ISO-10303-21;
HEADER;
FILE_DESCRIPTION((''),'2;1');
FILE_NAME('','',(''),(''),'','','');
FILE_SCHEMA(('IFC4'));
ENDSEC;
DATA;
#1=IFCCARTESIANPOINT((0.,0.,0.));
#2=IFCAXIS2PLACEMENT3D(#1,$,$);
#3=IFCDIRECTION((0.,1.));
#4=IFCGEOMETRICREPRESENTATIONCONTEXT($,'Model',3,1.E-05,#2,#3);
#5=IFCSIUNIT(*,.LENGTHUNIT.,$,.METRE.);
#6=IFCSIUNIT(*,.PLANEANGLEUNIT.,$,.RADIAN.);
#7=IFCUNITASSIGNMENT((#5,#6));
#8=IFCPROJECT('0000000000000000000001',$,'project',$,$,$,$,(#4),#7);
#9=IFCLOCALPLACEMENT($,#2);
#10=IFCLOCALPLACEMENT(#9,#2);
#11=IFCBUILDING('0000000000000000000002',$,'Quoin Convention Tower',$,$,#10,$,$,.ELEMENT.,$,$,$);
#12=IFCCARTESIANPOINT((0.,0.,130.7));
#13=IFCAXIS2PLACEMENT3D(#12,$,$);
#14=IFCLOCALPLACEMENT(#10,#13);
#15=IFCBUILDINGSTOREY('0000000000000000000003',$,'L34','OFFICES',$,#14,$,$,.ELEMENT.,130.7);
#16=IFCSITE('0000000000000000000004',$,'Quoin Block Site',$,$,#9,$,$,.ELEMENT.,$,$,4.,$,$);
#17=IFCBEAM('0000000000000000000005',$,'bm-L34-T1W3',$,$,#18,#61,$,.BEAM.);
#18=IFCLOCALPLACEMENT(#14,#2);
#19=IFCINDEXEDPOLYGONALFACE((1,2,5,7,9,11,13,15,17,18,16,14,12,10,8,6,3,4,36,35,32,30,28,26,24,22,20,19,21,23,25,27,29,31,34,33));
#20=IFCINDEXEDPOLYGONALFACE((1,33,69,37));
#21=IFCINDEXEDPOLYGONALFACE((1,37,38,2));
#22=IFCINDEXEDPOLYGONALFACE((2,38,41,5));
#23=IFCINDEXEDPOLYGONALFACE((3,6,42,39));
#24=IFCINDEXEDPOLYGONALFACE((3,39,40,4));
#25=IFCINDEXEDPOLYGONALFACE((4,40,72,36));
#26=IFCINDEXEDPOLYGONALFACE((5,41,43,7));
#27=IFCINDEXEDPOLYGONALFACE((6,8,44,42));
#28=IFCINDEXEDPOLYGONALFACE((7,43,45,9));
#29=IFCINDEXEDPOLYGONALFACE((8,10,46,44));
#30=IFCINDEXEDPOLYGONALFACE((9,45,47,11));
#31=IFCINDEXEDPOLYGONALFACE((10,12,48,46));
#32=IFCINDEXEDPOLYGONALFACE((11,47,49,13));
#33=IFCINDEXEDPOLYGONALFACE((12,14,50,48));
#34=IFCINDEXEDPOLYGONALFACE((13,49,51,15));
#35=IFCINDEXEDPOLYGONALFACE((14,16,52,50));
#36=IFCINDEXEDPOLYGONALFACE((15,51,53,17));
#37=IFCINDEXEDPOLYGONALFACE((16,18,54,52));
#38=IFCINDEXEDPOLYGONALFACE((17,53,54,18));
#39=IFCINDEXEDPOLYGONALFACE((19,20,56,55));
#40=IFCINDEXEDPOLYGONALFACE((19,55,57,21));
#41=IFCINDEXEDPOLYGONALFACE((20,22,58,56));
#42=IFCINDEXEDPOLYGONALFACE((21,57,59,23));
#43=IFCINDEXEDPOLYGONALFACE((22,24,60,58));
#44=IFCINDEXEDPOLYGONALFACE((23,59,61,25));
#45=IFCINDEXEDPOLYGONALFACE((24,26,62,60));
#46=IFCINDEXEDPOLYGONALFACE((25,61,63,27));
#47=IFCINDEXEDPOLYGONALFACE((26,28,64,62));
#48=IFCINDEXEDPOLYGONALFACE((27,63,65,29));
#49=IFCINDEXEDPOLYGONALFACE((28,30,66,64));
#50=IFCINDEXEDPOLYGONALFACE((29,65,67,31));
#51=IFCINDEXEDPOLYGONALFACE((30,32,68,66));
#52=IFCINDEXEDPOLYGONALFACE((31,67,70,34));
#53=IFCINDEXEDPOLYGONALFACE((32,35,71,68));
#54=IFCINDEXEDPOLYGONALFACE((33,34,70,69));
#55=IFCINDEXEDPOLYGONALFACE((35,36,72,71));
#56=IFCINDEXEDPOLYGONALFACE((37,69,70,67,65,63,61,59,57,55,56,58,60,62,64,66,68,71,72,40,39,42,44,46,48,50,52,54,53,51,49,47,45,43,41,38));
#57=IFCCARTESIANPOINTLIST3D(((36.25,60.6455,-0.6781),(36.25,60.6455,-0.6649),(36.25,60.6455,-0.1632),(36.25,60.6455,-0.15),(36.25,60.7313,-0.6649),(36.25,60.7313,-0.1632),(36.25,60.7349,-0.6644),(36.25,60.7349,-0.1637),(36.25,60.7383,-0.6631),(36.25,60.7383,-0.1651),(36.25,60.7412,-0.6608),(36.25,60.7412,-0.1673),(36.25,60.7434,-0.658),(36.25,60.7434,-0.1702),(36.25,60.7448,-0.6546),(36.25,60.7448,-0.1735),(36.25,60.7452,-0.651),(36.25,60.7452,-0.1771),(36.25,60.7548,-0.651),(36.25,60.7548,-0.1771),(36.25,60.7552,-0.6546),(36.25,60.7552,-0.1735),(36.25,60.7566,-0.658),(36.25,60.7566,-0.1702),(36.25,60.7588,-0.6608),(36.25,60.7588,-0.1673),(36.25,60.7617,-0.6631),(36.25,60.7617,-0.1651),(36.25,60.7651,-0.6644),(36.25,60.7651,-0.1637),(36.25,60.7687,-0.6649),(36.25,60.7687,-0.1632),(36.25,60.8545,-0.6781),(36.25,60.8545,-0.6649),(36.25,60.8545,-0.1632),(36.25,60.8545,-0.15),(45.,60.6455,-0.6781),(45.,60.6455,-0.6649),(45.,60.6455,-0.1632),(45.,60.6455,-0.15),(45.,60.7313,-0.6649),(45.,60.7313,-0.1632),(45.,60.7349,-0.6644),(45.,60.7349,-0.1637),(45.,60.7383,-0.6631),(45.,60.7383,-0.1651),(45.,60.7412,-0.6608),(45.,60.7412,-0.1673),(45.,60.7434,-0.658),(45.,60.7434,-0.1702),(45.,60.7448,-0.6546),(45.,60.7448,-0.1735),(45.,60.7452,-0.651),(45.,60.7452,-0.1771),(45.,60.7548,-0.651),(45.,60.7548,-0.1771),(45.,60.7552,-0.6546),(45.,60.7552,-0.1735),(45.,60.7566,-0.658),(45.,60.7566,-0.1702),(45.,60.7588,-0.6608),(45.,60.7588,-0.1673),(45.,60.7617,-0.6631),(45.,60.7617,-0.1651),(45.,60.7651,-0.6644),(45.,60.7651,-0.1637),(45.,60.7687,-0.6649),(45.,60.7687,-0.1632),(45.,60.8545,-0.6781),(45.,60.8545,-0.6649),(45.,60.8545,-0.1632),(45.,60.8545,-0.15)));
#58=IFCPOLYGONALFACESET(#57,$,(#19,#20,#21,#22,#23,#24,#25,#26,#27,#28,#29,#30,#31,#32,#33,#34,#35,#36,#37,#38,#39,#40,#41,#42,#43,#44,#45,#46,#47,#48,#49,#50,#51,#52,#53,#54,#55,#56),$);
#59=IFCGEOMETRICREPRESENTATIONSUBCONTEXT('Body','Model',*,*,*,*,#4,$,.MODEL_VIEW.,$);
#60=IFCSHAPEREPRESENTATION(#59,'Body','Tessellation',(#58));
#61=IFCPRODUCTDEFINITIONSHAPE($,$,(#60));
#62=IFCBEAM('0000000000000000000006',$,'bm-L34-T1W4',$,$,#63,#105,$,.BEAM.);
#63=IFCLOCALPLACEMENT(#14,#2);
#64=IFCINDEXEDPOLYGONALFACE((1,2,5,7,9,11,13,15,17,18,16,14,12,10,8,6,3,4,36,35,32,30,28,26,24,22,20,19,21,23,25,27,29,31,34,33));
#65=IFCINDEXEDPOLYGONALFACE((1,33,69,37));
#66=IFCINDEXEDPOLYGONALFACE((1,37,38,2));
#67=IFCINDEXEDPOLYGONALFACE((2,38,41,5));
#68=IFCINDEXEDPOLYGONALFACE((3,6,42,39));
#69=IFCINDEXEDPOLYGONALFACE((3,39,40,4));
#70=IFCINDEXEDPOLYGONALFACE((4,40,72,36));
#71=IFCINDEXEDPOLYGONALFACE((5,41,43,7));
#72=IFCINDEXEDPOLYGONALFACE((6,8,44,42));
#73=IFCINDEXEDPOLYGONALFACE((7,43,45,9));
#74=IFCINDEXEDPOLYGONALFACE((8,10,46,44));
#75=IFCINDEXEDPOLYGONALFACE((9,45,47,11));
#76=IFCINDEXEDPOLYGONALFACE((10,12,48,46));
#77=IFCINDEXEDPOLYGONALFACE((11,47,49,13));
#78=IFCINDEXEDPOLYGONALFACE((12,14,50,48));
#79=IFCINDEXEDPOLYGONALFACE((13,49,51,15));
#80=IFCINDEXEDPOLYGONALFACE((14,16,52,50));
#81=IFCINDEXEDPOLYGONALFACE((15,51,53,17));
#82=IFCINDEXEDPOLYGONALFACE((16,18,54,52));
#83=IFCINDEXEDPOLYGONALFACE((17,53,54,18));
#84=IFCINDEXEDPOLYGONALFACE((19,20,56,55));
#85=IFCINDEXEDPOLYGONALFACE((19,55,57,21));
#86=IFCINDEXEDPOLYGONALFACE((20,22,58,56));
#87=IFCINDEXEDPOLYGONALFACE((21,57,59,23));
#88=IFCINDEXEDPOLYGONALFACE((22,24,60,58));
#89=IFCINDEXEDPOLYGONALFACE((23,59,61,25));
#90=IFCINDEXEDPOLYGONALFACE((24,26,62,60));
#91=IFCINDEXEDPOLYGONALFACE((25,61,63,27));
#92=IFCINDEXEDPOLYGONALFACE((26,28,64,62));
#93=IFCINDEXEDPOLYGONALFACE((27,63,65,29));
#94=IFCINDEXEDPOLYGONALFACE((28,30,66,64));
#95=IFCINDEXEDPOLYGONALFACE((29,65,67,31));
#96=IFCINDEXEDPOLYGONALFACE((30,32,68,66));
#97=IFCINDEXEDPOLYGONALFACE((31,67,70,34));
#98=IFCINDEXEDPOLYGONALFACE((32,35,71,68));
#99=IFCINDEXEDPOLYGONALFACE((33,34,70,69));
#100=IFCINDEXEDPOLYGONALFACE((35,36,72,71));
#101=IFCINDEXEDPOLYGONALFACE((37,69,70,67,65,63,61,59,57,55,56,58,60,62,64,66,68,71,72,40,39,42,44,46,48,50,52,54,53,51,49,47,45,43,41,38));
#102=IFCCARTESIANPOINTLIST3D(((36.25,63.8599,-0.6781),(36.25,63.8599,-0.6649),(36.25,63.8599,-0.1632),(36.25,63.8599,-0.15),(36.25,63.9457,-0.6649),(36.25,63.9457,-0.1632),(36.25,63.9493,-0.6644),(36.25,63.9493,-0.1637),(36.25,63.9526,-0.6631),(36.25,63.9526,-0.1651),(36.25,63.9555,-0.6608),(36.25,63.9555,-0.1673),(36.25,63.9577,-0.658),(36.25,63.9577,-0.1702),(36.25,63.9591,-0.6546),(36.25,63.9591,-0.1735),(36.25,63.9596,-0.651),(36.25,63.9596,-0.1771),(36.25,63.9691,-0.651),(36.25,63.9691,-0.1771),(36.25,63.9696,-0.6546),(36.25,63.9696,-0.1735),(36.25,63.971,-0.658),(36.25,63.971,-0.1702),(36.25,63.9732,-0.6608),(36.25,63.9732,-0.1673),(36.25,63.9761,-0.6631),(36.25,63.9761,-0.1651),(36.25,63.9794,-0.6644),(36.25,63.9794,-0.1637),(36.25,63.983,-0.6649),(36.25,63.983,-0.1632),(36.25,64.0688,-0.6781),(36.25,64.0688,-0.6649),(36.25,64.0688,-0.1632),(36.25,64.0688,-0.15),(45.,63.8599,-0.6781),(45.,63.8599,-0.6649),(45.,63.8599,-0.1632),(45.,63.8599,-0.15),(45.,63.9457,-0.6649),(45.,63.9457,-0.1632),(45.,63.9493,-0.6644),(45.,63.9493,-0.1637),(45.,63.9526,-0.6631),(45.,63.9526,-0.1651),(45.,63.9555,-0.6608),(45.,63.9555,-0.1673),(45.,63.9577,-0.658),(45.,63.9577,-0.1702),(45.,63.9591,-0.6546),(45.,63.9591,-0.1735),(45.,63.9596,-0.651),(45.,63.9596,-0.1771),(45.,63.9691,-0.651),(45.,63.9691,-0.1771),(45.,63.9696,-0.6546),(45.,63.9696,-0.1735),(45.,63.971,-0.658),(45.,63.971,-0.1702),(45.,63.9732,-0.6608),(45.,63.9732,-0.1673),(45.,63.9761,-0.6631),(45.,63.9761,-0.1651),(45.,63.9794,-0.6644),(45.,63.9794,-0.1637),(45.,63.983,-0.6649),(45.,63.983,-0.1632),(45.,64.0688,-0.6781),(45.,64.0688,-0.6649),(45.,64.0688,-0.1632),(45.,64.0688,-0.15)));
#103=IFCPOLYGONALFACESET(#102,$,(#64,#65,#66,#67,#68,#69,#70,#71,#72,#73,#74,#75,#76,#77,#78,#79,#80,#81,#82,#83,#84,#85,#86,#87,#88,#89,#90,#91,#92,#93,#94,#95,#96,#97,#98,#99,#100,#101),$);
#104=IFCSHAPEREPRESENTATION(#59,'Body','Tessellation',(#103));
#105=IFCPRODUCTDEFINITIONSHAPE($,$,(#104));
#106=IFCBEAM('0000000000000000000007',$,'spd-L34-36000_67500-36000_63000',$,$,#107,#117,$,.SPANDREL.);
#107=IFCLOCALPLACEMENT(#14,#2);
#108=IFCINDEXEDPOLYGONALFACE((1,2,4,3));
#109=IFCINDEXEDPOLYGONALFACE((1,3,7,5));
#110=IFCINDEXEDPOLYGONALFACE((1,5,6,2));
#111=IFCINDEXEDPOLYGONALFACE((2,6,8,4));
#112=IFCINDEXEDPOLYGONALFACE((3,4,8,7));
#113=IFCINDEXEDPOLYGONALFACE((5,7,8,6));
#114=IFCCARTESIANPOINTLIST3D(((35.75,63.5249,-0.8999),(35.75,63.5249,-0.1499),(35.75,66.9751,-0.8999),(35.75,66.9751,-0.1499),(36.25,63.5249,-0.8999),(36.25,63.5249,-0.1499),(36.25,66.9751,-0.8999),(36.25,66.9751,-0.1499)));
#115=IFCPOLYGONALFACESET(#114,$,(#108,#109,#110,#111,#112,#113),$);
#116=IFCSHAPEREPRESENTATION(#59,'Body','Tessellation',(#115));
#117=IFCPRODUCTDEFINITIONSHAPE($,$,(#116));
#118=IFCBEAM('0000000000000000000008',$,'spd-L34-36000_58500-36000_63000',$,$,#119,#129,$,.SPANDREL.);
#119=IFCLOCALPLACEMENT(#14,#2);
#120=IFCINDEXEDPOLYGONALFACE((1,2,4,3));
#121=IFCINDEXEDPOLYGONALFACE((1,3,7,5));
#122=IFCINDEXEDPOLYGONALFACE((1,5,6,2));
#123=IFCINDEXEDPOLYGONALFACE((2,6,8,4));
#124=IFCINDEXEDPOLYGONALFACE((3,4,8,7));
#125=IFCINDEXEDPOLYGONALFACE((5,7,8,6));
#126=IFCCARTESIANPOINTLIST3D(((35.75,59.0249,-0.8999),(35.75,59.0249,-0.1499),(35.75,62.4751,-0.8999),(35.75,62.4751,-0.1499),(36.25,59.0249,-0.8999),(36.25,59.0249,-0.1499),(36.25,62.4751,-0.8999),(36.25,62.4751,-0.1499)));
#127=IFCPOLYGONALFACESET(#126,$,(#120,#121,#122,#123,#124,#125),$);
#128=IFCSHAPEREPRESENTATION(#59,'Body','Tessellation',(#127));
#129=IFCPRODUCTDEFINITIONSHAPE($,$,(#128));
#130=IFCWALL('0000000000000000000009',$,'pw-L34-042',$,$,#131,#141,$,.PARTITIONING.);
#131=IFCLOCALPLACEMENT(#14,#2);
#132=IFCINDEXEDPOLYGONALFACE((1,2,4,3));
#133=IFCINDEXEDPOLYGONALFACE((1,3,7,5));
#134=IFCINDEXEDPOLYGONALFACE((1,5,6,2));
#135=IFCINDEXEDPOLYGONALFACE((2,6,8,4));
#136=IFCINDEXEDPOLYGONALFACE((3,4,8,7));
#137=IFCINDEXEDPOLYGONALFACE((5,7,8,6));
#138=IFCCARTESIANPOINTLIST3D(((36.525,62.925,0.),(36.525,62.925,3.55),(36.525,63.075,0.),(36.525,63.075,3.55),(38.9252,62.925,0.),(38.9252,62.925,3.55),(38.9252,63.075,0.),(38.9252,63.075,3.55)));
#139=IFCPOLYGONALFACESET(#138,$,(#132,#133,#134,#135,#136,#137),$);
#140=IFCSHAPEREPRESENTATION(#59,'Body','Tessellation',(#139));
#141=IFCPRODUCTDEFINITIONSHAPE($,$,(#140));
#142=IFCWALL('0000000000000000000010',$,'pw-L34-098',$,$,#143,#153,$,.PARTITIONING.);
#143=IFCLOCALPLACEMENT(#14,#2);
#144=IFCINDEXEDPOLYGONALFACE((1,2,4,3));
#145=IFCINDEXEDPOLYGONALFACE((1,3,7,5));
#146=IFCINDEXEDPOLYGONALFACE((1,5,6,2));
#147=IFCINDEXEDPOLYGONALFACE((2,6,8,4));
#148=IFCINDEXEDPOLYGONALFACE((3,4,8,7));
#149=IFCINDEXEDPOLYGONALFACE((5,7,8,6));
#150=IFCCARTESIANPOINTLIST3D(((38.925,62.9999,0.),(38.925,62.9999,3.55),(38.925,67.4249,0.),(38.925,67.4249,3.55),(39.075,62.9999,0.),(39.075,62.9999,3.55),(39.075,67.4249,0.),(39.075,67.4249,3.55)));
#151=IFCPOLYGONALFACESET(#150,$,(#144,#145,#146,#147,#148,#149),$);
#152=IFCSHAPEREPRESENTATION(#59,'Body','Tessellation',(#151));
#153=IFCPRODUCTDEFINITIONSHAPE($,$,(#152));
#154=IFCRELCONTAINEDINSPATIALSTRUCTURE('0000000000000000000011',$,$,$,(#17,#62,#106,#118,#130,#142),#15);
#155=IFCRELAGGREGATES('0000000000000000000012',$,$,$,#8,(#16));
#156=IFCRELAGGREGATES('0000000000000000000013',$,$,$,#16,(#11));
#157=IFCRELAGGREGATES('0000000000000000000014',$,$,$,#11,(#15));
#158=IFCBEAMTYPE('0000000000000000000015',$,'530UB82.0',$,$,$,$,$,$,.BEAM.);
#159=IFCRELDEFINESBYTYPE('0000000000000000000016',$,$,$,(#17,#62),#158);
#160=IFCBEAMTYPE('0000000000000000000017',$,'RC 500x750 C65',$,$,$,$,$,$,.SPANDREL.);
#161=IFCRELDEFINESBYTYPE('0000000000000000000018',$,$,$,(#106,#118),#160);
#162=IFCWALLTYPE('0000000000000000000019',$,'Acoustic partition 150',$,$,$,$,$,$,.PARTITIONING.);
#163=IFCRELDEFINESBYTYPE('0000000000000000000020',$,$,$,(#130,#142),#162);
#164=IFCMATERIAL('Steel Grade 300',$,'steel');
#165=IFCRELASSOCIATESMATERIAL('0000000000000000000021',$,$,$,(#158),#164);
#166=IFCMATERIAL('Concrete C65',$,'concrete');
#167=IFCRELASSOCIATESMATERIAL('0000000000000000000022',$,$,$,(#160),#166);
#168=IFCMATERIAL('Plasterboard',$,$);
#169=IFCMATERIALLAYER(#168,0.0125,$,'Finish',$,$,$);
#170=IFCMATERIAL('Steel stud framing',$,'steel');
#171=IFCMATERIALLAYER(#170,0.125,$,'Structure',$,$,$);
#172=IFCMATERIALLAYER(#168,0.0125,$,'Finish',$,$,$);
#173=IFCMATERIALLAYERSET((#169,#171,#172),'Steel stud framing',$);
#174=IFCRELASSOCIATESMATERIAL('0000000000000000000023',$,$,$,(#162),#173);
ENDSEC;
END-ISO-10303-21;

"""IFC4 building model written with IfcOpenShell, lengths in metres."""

from ifc_helpers import new_model, si_unit, direction, frame, frame_2d, origin, origin_2d, place, context, subcontext, project, spatial, rectangle, i_section, extrude, material, layer, layer_set, material_profile, profile_set, type_object, element, save


model = new_model("IFC4")

# Units and contexts
model_context = context("Model", 3, precision=1e-05, world=origin(), true_north=direction((0.0, 1.0)))
body_context = subcontext(model_context, "Body", "Model", "MODEL_VIEW")
ifc_project = project(units=[si_unit("LENGTHUNIT", "METRE"), si_unit("PLANEANGLEUNIT", "RADIAN")], contexts=[model_context])

# Site, building, storey
site_placement = place(None, origin())
site = spatial("IfcSite", under=ifc_project, at=site_placement, Name="Quoin Block Site", CompositionType="ELEMENT", RefElevation=4.0)
building_placement = place(site_placement, origin())
building = spatial("IfcBuilding", under=site, at=building_placement, Name="Quoin Convention Tower", CompositionType="ELEMENT")
storey_placement = place(building_placement, frame((0.0, 0.0, 130.7)))
storey = spatial("IfcBuildingStorey", under=building, at=storey_placement, Name="L34", Description="OFFICES", CompositionType="ELEMENT", Elevation=130.7)

# Shared definitions
ifc_material_1 = material(Name="Concrete C65", Category="concrete")

# Beams
ifc_material_2 = material(Name="Steel Grade 300", Category="steel")
ifc_material_profile_1 = material_profile(ifc_material_2, i_section(OverallWidth=0.209, OverallDepth=0.5281, WebThickness=0.0095, FlangeThickness=0.0132, FilletRadius=0.0139, at=origin_2d()), Name="530UB82.0")
ifc_profile_set_1 = profile_set([ifc_material_profile_1], Name="Steel Grade 300")
beam_type_1 = type_object("IfcBeamType", Name="530UB82.0", PredefinedType="BEAM", material=ifc_profile_set_1)
for number, where, z_axis, x_axis, name in (
    (1, (36.25, 60.75, -0.4141), (1.0, 0.0, 0.0), (0.0, 1.0, 0.0), "bm-L34-T1W3"),
    (2, (36.25, 63.9644, -0.4141), (1.0, 0.0, 0.0), (0.0, 1.0, 0.0), "bm-L34-T1W4"),
):
    element("IfcBeam", number, at=place(storey_placement, frame(where, z_axis=z_axis, x_axis=x_axis)), inside=storey, type_object=beam_type_1, Name=name, PredefinedType="BEAM", context=body_context, shape_type="SweptSolid", body=[
        extrude(i_section(OverallWidth=0.209, OverallDepth=0.5281, WebThickness=0.0095, FlangeThickness=0.0132, FilletRadius=0.0139, at=origin_2d()), origin(), (0.0, 0.0, 1.0), 8.75),
    ])
ifc_material_profile_2 = material_profile(ifc_material_1, rectangle(XDim=0.5, YDim=0.75, at=origin_2d()), Name="RC 500x750")
ifc_profile_set_2 = profile_set([ifc_material_profile_2], Name="Concrete C65")
beam_type_2 = type_object("IfcBeamType", Name="RC 500x750 C65", PredefinedType="SPANDREL", material=ifc_profile_set_2)
for number, where, z_axis, x_axis, name in (
    (3, (36.0, 66.9751, -0.5249), (0.0, -1.0, 0.0), (1.0, 0.0, 0.0), "spd-L34-36000_67500-36000_63000"),
    (4, (36.0, 59.0249, -0.5249), (0.0, 1.0, 0.0), (-1.0, 0.0, 0.0), "spd-L34-36000_58500-36000_63000"),
):
    element("IfcBeam", number, at=place(storey_placement, frame(where, z_axis=z_axis, x_axis=x_axis)), inside=storey, type_object=beam_type_2, Name=name, PredefinedType="SPANDREL", context=body_context, shape_type="SweptSolid", body=[
        extrude(rectangle(XDim=0.5, YDim=0.75, at=origin_2d()), origin(), (0.0, 0.0, 1.0), 3.4502),
    ])

# Walls
ifc_material_3 = material(Name="Plasterboard")
ifc_layer_1 = layer(ifc_material_3, 0.0125, Name="Finish")
ifc_material_4 = material(Name="Steel stud framing", Category="steel")
ifc_layer_2 = layer(ifc_material_4, 0.125, Name="Structure")
ifc_layer_3 = layer(ifc_material_3, 0.0125, Name="Finish")
ifc_layer_set_1 = layer_set([ifc_layer_1, ifc_layer_2, ifc_layer_3], Name="Steel stud framing")
wall_type_1 = type_object("IfcWallType", Name="Acoustic partition 150", PredefinedType="PARTITIONING", material=ifc_layer_set_1)
wall_1_placement = place(storey_placement, frame((36.5249, 63.0, 0.0), z_axis=(0.0, 0.0, 1.0), x_axis=(1.0, 0.0, 0.0)))
element("IfcWall", 5, at=wall_1_placement, inside=storey, type_object=wall_type_1, Name="pw-L34-042", PredefinedType="PARTITIONING", context=body_context, shape_type="SweptSolid", body=[
    extrude(rectangle(XDim=2.4001, YDim=0.1499, at=frame_2d((1.2002, 0.0))), origin(), (0.0, 0.0, 1.0), 3.55),
])
wall_2_placement = place(storey_placement, frame((39.0, 63.0, 0.0), z_axis=(0.0, 0.0, 1.0), x_axis=(0.0, 1.0, 0.0)))
element("IfcWall", 6, at=wall_2_placement, inside=storey, type_object=wall_type_1, Name="pw-L34-098", PredefinedType="PARTITIONING", context=body_context, shape_type="SweptSolid", body=[
    extrude(rectangle(XDim=4.425, YDim=0.1499, at=frame_2d((2.2124, 0.0))), origin(), (0.0, 0.0, 1.0), 3.55),
])

save(model, "model.ifc")
